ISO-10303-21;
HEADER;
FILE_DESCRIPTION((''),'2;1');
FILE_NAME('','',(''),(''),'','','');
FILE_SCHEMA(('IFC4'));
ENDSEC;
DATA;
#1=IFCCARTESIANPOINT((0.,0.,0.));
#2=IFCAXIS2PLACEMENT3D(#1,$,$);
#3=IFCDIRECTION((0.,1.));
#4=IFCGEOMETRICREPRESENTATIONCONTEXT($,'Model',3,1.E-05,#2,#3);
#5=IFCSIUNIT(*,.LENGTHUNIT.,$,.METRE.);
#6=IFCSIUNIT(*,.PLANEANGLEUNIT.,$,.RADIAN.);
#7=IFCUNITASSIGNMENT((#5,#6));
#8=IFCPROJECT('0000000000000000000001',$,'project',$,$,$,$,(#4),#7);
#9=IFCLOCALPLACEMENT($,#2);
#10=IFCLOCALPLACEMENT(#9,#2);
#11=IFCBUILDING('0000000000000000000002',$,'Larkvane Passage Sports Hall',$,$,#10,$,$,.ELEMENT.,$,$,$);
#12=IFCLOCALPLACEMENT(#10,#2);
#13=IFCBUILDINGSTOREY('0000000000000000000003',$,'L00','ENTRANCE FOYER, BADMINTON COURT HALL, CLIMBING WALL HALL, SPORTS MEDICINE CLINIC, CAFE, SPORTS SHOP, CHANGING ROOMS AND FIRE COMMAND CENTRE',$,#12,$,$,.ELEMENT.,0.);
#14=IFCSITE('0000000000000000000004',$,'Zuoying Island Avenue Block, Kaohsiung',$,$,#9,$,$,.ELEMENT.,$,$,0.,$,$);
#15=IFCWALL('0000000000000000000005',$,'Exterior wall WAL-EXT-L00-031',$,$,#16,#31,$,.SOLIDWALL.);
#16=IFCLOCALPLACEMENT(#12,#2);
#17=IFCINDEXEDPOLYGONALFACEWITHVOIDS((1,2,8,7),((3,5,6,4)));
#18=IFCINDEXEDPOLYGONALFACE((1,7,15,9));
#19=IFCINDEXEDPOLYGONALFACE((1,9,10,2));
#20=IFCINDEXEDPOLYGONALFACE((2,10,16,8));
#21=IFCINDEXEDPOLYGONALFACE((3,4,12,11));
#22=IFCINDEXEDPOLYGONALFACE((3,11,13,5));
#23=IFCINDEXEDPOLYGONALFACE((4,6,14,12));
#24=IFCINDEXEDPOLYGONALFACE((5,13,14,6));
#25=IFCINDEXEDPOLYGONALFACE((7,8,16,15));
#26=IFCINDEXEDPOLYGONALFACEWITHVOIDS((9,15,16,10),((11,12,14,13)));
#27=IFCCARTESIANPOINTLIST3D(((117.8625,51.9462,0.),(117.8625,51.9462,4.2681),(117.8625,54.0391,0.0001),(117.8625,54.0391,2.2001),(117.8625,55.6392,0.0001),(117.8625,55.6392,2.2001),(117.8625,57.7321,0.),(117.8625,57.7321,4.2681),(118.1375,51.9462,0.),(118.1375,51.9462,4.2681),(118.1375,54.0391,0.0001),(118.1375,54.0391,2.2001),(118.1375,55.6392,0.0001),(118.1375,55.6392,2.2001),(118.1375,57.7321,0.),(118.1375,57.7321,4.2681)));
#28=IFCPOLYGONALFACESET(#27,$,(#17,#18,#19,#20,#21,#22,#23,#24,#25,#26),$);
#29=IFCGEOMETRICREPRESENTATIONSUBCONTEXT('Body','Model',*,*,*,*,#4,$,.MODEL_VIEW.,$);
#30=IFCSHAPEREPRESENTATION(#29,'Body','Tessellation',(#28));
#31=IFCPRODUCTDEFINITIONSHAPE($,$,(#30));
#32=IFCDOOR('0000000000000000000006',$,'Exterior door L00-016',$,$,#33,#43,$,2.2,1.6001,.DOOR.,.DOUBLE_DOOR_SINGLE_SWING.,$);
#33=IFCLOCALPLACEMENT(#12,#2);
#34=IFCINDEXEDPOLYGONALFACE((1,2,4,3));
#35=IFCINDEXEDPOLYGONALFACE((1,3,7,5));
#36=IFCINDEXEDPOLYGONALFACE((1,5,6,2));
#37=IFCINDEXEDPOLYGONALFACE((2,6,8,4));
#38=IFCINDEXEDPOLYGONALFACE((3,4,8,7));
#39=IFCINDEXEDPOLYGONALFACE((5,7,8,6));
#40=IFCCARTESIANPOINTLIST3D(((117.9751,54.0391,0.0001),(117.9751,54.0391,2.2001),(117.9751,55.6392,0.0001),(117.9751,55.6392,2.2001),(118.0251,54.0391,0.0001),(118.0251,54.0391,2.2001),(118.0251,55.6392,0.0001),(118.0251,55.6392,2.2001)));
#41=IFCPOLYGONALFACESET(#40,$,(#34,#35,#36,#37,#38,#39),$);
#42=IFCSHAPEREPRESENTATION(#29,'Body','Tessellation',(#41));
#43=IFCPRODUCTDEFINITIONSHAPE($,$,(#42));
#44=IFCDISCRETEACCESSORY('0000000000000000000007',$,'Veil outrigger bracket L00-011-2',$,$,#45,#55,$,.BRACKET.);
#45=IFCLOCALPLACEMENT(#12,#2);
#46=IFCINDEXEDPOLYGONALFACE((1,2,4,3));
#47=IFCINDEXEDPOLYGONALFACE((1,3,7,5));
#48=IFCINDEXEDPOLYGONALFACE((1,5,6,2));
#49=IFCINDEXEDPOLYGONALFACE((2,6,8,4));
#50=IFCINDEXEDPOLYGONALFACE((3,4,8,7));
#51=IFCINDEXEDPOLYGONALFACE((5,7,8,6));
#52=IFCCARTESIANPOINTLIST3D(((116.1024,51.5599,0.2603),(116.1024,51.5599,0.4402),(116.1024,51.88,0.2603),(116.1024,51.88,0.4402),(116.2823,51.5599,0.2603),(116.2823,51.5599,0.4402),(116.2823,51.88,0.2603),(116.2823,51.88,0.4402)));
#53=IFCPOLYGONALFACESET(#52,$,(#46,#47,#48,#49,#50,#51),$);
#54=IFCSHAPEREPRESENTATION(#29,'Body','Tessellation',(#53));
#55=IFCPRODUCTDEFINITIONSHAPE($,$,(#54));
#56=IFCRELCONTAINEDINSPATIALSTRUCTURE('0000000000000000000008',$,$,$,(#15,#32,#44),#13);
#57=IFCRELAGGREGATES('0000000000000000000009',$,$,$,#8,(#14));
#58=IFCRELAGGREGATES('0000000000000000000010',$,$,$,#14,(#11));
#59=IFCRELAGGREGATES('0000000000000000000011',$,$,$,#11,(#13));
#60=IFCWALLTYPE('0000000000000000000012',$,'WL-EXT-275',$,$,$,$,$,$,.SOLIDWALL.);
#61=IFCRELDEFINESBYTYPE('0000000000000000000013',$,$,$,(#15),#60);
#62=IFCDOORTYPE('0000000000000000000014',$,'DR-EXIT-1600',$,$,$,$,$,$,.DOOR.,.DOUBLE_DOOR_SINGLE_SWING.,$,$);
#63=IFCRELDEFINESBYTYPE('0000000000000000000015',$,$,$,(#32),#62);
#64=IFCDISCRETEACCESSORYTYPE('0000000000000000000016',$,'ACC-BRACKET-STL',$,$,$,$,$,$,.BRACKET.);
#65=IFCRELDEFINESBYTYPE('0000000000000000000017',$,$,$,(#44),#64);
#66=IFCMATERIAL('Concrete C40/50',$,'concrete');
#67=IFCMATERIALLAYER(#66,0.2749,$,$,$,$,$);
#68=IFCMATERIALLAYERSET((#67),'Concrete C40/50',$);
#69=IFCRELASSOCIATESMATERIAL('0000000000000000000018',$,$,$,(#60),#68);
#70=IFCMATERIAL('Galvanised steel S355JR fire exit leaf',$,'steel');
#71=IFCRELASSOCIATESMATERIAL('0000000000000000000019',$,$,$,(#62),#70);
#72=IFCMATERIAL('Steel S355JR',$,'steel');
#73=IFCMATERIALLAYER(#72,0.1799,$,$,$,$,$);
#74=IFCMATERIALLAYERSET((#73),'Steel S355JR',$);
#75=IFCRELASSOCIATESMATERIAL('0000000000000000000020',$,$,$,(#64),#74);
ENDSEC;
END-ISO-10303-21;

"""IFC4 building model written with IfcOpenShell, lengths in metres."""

from ifc_helpers import new_model, si_unit, direction, frame, frame_2d, origin, origin_2d, place, context, subcontext, project, spatial, rectangle, extrude, material, layer, layer_set, type_object, element, fill, save


model = new_model("IFC4")

# Units and contexts
model_context = context("Model", 3, precision=1e-05, world=origin(), true_north=direction((0.0, 1.0)))
body_context = subcontext(model_context, "Body", "Model", "MODEL_VIEW")
ifc_project = project(units=[si_unit("LENGTHUNIT", "METRE"), si_unit("PLANEANGLEUNIT", "RADIAN")], contexts=[model_context])

# Site, building, storey
site_placement = place(None, origin())
site = spatial("IfcSite", under=ifc_project, at=site_placement, Name="Zuoying Island Avenue Block, Kaohsiung", CompositionType="ELEMENT", RefElevation=0.0)
building_placement = place(site_placement, origin())
building = spatial("IfcBuilding", under=site, at=building_placement, Name="Larkvane Passage Sports Hall", CompositionType="ELEMENT")
storey_placement = place(building_placement, origin())
storey = spatial("IfcBuildingStorey", under=building, at=storey_placement, Name="L00", Description="ENTRANCE FOYER, BADMINTON COURT HALL, CLIMBING WALL HALL, SPORTS MEDICINE CLINIC, CAFE, SPORTS SHOP, CHANGING ROOMS AND FIRE COMMAND CENTRE", CompositionType="ELEMENT", Elevation=0.0)

# Shared definitions
ifc_material_1 = material(Name="Concrete C40/50", Category="concrete")

# Wall, opening, door
ifc_layer_1 = layer(ifc_material_1, 0.2749)
ifc_layer_set_1 = layer_set([ifc_layer_1], Name="Concrete C40/50")
wall_type = type_object("IfcWallType", Name="WL-EXT-275", PredefinedType="SOLIDWALL", material=ifc_layer_set_1)
wall_placement = place(storey_placement, frame((118.0, 51.946, 0.0), z_axis=(0.0, 0.0, 1.0), x_axis=(0.0, 1.0, 0.0)))
wall = element("IfcWall", 1, at=wall_placement, inside=storey, type_object=wall_type, Name="Exterior wall WAL-EXT-L00-031", PredefinedType="SOLIDWALL", context=body_context, shape_type="SweptSolid", body=[
    extrude(rectangle(XDim=5.7859, YDim=0.2749, at=frame_2d((2.8931, 0.0))), origin(), (0.0, 0.0, 1.0), 4.2681),
])
opening_placement = place(wall_placement, frame((2.093, 0.0, 0.0)))
opening = element("IfcOpeningElement", 2, at=opening_placement, cuts=wall, PredefinedType="OPENING", context=body_context, shape_type="SweptSolid", body=[
    extrude(rectangle(XDim=1.6001, YDim=2.2, at=frame_2d((0.8, 1.1001))), frame((0.0, 0.1475, 0.0), z_axis=(0.0, -1.0, 0.0), x_axis=(1.0, 0.0, 0.0)), (0.0, 0.0, 1.0), 0.2949),
])
ifc_material_2 = material(Name="Galvanised steel S355JR fire exit leaf", Category="steel")
door_type = type_object("IfcDoorType", Name="DR-EXIT-1600", OperationType="DOUBLE_DOOR_SINGLE_SWING", PredefinedType="DOOR", material=ifc_material_2)
door_placement = place(opening_placement, origin())
door = element("IfcDoor", 3, at=door_placement, inside=storey, type_object=door_type, Name="Exterior door L00-016", OperationType="DOUBLE_DOOR_SINGLE_SWING", OverallHeight=2.2, OverallWidth=1.6001, PredefinedType="DOOR", context=body_context, shape_type="SweptSolid", body=[
    extrude(rectangle(XDim=1.6001, YDim=2.2, at=frame_2d((0.8, 1.1001))), frame((0.0, 0.0249, 0.0), z_axis=(0.0, -1.0, 0.0), x_axis=(1.0, 0.0, 0.0)), (0.0, 0.0, 1.0), 0.05),
])
fill(opening, door)

# Discrete accessory
ifc_material_3 = material(Name="Steel S355JR", Category="steel")
ifc_layer_2 = layer(ifc_material_3, 0.1799)
ifc_layer_set_2 = layer_set([ifc_layer_2], Name="Steel S355JR")
discrete_accessory_type = type_object("IfcDiscreteAccessoryType", Name="ACC-BRACKET-STL", PredefinedType="BRACKET", material=ifc_layer_set_2)
discrete_accessory_placement = place(storey_placement, frame((116.1924, 51.72, 0.2603), z_axis=(0.0, 0.0, 1.0), x_axis=(1.0, 0.0, 0.0)))
element("IfcDiscreteAccessory", 4, at=discrete_accessory_placement, inside=storey, type_object=discrete_accessory_type, Name="Veil outrigger bracket L00-011-2", PredefinedType="BRACKET", context=body_context, shape_type="SweptSolid", body=[
    extrude(rectangle(XDim=0.1799, YDim=0.3201, at=origin_2d()), origin(), (0.0, 0.0, 1.0), 0.1799),
])

save(model, "model.ifc")
